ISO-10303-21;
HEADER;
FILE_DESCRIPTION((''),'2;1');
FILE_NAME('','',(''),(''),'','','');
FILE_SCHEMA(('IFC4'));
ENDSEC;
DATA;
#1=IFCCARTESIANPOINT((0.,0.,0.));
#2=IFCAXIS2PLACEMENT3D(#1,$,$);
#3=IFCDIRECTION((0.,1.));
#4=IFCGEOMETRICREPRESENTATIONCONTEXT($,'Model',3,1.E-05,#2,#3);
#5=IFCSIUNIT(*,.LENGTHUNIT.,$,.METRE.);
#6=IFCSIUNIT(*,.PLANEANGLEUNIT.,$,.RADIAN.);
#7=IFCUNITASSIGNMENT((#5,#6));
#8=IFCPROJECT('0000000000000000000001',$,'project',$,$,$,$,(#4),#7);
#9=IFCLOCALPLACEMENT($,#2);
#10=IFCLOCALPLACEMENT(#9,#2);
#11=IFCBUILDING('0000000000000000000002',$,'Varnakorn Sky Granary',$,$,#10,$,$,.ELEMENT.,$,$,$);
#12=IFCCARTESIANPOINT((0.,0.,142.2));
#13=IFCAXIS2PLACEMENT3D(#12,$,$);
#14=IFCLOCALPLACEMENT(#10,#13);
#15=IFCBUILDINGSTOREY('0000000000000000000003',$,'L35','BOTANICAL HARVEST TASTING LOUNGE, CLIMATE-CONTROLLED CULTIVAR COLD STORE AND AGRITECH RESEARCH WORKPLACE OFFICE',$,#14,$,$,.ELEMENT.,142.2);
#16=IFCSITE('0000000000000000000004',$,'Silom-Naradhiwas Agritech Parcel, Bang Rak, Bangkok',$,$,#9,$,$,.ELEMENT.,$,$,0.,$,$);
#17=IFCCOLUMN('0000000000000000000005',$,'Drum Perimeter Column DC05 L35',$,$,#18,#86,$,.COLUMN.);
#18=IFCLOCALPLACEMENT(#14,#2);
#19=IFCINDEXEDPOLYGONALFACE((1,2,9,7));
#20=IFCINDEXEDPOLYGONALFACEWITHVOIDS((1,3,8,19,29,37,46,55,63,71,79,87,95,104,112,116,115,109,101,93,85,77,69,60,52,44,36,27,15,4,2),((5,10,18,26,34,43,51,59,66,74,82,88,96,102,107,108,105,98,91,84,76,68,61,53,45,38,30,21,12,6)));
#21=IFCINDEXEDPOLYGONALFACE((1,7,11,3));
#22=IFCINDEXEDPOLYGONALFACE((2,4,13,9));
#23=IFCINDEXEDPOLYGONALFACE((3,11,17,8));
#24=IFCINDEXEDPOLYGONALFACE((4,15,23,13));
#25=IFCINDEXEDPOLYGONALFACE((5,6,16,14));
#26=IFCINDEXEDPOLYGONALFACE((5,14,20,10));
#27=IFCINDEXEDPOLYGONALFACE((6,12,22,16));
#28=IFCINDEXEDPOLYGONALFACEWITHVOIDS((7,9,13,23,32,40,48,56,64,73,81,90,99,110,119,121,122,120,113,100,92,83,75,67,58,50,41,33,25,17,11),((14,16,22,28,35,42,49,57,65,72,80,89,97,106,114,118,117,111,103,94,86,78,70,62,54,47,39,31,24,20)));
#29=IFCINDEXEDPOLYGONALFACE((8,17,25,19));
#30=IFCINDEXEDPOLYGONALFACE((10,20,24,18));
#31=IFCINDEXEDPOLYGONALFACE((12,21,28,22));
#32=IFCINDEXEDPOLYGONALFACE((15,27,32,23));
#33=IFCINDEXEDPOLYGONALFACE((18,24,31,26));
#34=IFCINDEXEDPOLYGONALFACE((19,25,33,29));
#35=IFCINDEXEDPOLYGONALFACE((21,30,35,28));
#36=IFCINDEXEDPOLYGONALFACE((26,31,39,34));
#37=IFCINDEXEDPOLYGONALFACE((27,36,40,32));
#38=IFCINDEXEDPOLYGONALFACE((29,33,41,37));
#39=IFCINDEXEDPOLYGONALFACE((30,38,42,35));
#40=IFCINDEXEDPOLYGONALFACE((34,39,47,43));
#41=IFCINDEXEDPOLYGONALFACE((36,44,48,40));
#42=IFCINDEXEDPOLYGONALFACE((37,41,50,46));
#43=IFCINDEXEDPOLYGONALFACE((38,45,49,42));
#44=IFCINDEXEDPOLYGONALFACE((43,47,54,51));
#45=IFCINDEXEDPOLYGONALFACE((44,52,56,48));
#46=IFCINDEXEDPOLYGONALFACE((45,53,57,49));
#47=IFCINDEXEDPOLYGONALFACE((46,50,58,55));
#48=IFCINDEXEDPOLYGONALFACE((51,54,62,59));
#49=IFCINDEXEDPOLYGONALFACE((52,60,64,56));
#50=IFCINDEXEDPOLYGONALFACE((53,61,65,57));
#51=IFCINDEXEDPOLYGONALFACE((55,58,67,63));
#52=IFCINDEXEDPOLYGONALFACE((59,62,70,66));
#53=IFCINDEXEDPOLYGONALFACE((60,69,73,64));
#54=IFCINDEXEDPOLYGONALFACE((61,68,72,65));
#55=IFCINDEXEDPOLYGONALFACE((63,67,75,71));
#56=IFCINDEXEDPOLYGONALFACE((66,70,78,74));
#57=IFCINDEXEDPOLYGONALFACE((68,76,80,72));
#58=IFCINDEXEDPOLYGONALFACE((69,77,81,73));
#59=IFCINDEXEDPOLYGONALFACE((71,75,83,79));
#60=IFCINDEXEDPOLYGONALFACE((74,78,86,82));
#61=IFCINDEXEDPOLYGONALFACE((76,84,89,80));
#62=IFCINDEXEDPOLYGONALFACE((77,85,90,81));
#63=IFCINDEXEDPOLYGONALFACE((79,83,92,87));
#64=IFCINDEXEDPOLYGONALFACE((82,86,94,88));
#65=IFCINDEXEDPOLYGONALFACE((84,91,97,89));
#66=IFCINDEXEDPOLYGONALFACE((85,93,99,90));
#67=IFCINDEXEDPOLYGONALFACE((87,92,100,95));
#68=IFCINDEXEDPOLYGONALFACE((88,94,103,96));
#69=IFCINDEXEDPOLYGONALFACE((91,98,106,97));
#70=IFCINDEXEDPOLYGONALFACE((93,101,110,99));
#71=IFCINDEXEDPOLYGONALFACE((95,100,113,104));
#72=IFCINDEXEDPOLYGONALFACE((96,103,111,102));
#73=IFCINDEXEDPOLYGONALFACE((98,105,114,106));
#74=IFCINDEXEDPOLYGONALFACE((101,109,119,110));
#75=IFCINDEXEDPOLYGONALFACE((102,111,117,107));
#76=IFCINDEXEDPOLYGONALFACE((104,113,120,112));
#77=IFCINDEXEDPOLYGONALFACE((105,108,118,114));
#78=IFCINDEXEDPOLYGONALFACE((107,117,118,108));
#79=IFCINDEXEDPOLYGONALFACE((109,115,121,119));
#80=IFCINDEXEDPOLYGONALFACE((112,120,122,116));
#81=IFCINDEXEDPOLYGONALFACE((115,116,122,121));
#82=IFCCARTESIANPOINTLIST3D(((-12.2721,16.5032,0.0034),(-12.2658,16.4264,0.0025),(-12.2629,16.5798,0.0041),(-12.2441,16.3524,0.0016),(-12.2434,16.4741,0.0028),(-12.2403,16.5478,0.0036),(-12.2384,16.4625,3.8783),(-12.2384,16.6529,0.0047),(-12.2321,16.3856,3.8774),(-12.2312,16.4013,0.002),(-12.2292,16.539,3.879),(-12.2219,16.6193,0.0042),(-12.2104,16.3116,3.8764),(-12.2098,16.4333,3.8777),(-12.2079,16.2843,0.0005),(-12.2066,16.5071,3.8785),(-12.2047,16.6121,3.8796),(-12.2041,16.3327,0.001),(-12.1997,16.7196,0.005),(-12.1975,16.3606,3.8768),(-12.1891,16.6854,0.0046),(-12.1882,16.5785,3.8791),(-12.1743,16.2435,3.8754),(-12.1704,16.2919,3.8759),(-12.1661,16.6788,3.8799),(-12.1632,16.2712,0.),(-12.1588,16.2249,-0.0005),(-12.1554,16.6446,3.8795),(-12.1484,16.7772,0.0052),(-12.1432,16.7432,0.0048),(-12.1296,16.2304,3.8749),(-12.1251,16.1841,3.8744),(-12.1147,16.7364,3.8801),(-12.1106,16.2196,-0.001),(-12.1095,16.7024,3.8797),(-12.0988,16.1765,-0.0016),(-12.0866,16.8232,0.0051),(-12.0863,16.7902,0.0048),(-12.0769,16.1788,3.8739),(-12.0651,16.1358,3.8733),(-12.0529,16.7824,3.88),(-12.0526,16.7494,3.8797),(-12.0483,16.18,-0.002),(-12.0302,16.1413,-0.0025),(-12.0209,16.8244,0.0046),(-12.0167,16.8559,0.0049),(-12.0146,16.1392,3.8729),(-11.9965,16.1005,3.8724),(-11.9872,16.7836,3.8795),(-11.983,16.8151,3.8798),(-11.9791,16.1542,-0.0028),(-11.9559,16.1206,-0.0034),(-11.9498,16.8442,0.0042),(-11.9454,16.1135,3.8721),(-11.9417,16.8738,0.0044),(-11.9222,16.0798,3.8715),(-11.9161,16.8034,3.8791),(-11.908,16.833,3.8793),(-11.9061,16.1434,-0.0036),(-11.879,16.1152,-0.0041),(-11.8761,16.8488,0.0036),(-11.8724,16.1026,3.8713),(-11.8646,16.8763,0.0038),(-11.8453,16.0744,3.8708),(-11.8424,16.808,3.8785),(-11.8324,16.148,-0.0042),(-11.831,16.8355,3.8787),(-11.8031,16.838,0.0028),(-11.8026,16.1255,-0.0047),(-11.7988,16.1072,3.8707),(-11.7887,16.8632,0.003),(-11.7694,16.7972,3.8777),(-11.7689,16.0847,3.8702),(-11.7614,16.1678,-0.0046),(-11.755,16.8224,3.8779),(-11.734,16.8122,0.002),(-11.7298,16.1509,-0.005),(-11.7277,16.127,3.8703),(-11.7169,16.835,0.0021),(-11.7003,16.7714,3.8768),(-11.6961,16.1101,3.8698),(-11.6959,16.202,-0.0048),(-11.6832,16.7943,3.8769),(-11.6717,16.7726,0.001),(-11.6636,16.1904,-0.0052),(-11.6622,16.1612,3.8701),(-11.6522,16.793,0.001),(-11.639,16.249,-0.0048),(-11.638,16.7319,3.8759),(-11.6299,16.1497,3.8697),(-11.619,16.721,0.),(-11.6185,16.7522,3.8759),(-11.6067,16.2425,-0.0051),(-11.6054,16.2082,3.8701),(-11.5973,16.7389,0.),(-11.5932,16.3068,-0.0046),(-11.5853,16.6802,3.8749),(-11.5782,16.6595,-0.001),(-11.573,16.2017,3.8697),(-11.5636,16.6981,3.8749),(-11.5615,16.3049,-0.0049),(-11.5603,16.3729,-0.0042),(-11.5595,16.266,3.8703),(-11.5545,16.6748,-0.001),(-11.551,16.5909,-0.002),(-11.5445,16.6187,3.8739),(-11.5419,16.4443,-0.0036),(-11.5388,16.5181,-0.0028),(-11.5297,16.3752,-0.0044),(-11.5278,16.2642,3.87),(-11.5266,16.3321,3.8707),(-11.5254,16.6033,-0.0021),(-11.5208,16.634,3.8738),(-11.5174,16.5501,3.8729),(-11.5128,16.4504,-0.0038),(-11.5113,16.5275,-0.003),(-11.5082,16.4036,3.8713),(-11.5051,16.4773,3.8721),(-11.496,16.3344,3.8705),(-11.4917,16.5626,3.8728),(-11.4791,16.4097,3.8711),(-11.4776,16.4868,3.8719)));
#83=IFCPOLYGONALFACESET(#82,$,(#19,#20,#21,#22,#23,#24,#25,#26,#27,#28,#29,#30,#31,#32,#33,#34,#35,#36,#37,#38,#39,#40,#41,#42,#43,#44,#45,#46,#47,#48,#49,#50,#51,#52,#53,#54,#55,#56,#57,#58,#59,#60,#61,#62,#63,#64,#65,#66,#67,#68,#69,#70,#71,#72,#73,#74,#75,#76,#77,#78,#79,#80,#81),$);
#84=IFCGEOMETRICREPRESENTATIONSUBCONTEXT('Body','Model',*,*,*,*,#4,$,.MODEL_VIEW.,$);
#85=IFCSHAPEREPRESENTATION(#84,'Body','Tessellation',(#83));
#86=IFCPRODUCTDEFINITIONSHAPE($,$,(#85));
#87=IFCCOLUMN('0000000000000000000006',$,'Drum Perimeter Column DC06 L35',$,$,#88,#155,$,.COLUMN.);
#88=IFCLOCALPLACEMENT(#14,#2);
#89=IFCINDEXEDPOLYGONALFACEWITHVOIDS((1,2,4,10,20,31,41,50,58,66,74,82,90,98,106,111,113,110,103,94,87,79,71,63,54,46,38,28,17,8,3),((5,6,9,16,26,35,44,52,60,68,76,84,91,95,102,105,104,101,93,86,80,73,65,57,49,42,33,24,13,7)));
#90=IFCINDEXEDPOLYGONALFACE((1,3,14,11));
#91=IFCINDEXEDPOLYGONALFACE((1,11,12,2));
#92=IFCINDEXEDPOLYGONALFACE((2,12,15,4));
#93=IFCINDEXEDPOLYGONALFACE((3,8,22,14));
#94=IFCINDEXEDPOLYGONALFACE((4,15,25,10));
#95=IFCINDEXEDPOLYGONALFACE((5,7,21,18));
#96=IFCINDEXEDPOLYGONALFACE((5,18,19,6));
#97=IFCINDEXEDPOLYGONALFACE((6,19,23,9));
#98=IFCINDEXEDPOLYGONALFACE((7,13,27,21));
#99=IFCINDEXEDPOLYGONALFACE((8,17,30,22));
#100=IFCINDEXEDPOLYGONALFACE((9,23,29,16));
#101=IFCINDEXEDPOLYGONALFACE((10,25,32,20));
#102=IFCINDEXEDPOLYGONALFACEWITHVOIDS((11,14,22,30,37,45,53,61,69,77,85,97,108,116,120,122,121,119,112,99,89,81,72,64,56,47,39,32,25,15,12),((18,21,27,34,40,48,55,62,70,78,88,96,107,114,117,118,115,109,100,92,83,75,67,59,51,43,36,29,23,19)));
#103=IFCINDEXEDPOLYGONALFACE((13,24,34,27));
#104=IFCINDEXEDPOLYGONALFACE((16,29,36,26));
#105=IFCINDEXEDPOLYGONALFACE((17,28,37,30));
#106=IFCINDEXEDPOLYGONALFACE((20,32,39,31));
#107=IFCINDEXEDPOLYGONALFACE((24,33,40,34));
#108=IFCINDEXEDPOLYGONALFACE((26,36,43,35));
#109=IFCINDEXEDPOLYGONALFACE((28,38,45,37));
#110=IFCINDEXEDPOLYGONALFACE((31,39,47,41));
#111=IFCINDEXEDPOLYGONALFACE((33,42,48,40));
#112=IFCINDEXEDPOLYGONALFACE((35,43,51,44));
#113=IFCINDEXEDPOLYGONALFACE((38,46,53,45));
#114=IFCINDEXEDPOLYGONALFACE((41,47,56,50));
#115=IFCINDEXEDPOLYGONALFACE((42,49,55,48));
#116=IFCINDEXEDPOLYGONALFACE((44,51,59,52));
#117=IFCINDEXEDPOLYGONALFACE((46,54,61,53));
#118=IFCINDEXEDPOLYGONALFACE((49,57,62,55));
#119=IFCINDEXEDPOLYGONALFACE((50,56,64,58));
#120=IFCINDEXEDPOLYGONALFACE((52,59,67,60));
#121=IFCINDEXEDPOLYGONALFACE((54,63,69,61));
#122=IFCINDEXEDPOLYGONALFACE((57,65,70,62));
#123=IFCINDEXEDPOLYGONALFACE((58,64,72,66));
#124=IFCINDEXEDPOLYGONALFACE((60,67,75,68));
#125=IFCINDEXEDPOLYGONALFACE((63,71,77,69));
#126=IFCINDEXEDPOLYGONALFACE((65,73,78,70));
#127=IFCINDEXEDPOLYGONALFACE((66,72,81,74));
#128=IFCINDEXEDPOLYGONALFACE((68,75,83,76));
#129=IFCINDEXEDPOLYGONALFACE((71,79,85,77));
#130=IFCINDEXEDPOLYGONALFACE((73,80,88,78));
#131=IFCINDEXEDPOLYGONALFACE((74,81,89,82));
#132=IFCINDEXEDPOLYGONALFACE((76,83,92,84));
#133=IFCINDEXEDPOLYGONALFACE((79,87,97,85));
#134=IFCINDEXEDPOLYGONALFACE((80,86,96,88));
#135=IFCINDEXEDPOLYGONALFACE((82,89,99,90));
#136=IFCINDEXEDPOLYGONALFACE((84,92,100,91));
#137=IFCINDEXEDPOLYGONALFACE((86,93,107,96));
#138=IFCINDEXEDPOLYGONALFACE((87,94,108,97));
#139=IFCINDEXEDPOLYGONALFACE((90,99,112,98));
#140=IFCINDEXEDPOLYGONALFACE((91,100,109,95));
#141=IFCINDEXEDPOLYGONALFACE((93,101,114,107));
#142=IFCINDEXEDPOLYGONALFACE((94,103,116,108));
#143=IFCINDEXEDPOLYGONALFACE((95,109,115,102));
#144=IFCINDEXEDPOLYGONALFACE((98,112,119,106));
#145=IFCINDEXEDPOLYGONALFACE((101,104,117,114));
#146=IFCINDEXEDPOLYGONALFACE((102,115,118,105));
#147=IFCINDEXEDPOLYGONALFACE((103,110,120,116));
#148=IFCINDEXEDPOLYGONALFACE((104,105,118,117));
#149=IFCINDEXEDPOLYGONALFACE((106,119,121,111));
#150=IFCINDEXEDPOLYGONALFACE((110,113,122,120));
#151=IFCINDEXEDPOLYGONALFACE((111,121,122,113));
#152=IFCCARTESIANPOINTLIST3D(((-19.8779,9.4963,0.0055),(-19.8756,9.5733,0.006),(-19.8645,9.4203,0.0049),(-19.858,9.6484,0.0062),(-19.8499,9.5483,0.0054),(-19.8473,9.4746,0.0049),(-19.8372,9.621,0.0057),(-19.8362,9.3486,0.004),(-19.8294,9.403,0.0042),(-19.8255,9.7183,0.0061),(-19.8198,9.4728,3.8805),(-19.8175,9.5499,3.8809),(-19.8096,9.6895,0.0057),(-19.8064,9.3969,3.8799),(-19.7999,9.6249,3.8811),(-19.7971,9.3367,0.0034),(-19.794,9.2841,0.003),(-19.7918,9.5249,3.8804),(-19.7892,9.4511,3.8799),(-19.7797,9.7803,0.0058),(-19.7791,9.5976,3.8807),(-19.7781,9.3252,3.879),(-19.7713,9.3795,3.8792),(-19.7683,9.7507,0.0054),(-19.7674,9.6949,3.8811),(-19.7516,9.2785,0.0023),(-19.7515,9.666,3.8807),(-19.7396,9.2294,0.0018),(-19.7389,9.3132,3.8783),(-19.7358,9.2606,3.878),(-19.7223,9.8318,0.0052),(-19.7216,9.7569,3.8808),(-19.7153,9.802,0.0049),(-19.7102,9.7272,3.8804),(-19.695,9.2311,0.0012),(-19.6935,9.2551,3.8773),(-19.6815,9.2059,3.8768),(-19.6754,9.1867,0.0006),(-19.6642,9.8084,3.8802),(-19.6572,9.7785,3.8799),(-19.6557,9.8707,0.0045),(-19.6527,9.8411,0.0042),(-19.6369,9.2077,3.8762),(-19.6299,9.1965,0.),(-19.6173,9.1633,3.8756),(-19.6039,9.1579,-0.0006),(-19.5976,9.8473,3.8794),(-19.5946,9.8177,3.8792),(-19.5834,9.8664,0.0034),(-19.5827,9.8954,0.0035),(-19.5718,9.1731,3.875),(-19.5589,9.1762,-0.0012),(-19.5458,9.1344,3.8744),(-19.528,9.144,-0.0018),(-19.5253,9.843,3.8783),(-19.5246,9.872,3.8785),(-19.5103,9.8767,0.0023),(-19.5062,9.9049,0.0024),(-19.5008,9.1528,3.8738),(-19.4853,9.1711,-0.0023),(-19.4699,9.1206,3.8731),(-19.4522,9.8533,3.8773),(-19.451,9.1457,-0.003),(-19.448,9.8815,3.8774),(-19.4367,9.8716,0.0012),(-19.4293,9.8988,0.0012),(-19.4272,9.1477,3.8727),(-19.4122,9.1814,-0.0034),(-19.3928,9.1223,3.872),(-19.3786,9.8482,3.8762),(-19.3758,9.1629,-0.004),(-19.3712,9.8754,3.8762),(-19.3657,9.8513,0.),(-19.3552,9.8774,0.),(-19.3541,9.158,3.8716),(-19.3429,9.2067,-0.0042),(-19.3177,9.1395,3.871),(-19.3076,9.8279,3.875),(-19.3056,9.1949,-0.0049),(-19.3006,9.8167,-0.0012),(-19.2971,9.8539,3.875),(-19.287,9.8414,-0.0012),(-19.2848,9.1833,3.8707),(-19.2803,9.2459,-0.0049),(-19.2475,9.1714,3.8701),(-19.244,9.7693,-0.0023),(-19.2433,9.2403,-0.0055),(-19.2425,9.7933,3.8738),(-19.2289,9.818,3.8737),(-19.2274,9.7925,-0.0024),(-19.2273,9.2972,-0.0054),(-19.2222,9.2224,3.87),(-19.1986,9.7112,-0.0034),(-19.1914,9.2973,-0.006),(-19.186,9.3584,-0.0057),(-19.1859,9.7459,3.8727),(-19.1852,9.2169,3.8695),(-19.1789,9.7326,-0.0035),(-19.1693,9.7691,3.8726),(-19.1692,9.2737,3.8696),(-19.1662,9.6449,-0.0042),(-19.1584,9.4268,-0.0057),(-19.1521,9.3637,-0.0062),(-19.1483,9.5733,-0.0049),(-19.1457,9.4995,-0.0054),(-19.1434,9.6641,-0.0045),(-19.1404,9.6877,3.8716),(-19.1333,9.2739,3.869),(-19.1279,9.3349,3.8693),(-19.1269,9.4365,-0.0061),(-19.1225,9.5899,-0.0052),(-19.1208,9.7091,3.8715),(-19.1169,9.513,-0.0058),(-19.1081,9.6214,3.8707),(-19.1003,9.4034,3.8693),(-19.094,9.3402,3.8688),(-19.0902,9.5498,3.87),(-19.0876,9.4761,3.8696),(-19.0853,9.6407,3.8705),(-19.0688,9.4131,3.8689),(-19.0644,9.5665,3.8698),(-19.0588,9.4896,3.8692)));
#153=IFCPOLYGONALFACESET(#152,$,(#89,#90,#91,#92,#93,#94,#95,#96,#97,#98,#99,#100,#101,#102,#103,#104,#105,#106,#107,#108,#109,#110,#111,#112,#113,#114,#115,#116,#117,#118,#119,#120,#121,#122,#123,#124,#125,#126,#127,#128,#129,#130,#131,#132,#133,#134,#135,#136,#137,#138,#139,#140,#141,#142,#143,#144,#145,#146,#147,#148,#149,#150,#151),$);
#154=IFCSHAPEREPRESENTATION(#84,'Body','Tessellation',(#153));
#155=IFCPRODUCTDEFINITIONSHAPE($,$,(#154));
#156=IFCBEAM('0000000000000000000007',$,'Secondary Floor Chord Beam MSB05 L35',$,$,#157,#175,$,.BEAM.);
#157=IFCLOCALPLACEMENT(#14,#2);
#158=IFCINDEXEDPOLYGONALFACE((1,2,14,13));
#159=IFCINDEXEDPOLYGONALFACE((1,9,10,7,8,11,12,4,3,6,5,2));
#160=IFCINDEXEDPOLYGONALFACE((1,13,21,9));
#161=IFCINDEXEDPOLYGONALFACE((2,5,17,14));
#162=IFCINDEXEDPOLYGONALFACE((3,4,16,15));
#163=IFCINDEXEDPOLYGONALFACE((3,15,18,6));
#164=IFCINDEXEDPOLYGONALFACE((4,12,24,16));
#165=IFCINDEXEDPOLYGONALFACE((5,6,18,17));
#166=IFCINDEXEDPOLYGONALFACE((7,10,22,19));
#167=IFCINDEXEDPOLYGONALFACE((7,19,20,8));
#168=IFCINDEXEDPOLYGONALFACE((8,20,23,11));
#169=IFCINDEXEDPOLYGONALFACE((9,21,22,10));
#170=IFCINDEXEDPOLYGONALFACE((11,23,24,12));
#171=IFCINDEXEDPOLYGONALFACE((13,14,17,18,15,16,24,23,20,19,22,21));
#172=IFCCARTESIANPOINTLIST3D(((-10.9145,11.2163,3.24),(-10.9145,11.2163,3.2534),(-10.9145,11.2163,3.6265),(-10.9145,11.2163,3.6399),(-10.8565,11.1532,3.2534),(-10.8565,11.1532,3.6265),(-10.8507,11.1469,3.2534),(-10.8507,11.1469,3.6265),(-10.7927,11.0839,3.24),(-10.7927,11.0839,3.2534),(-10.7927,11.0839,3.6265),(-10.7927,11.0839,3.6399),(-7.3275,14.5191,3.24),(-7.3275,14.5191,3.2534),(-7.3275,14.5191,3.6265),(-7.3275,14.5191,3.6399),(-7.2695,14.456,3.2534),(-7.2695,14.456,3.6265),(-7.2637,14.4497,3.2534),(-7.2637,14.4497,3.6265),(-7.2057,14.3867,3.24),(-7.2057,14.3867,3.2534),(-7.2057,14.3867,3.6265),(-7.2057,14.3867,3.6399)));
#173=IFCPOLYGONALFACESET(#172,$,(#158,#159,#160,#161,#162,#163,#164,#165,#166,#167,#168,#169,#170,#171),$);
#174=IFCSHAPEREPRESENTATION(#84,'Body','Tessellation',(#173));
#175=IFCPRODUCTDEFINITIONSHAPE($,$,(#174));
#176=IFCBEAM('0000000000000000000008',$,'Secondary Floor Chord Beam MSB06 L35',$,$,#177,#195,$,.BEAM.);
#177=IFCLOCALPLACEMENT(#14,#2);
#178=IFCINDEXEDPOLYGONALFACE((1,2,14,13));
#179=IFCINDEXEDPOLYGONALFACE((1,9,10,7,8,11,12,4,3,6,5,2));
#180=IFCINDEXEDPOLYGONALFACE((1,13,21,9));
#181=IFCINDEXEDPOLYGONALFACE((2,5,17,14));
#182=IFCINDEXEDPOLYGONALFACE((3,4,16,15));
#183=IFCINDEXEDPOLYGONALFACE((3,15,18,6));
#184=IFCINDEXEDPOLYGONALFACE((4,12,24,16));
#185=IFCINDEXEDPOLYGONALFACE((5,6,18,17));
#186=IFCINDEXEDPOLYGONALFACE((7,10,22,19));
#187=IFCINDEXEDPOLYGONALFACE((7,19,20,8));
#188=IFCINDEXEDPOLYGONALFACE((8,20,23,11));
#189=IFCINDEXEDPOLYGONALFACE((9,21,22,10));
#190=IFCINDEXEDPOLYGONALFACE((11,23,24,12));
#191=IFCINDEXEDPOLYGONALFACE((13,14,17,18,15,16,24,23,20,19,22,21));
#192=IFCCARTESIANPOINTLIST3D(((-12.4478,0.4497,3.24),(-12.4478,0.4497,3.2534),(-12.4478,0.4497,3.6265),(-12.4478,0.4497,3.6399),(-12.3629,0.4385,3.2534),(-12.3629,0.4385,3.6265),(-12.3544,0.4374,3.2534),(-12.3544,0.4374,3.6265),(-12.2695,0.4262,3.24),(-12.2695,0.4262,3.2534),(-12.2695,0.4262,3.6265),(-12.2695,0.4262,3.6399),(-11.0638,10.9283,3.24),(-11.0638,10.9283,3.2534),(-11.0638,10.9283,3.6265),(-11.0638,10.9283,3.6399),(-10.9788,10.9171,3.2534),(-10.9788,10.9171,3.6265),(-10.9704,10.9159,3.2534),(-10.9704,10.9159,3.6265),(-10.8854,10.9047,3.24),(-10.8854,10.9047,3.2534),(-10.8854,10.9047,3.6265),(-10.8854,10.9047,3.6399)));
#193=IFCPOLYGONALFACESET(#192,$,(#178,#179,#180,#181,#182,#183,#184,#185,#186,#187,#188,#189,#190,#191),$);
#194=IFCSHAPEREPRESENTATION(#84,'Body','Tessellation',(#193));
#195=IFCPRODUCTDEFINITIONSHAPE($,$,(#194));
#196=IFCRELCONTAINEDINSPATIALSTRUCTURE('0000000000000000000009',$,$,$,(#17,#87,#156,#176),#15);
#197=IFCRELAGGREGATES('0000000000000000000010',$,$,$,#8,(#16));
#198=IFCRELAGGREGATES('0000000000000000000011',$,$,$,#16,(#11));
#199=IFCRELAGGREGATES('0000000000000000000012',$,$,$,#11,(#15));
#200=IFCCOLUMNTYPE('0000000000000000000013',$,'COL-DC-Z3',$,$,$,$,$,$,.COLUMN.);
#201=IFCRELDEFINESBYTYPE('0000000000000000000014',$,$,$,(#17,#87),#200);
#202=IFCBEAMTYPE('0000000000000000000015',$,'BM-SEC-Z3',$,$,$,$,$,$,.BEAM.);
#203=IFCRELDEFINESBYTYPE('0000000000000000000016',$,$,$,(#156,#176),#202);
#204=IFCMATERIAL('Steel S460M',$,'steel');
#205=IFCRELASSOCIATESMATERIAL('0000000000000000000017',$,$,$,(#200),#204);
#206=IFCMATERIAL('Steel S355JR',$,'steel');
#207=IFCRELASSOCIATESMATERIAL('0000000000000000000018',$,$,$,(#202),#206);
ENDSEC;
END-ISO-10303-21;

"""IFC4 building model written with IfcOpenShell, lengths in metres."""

from ifc_helpers import new_model, si_unit, direction, frame, origin, origin_2d, place, context, subcontext, project, spatial, hollow_circle, i_section, extrude, material, material_profile, profile_set, type_object, element, save


model = new_model("IFC4")

# Units and contexts
model_context = context("Model", 3, precision=1e-05, world=origin(), true_north=direction((0.0, 1.0)))
body_context = subcontext(model_context, "Body", "Model", "MODEL_VIEW")
ifc_project = project(units=[si_unit("LENGTHUNIT", "METRE"), si_unit("PLANEANGLEUNIT", "RADIAN")], contexts=[model_context])

# Site, building, storey
site_placement = place(None, origin())
site = spatial("IfcSite", under=ifc_project, at=site_placement, Name="Silom-Naradhiwas Agritech Parcel, Bang Rak, Bangkok", CompositionType="ELEMENT", RefElevation=0.0)
building_placement = place(site_placement, origin())
building = spatial("IfcBuilding", under=site, at=building_placement, Name="Varnakorn Sky Granary", CompositionType="ELEMENT")
storey_placement = place(building_placement, frame((0.0, 0.0, 142.2)))
storey = spatial("IfcBuildingStorey", under=building, at=storey_placement, Name="L35", Description="BOTANICAL HARVEST TASTING LOUNGE, CLIMATE-CONTROLLED CULTIVAR COLD STORE AND AGRITECH RESEARCH WORKPLACE OFFICE", CompositionType="ELEMENT", Elevation=142.2)

# Columns
ifc_material_1 = material(Name="Steel S460M", Category="steel")
ifc_material_profile_1 = material_profile(ifc_material_1, hollow_circle(Radius=0.3811, WallThickness=0.0281, at=origin_2d()), Name="CHS 762x28")
ifc_profile_set_1 = profile_set([ifc_material_profile_1], Name="Steel S460M")
column_type = type_object("IfcColumnType", Name="COL-DC-Z3", PredefinedType="COLUMN", material=ifc_profile_set_1)
column_1_placement = place(storey_placement, frame((-11.8911, 16.4961, 0.0), z_axis=(0.008694, -0.010521, 0.999907), x_axis=(0.770863, 0.637001, 0.0)))
element("IfcColumn", 1, at=column_1_placement, inside=storey, type_object=column_type, Name="Drum Perimeter Column DC05 L35", PredefinedType="COLUMN", context=body_context, shape_type="SweptSolid", body=[
    extrude(hollow_circle(Radius=0.3811, WallThickness=0.0281, at=origin_2d()), origin(), (0.0, 0.0, 1.0), 3.8752),
])
column_2_placement = place(storey_placement, frame((-19.4978, 9.5239, 0.0), z_axis=(0.014993, -0.006048, 0.999869), x_axis=(0.374076, 0.927398, 0.0)))
element("IfcColumn", 2, at=column_2_placement, inside=storey, type_object=column_type, Name="Drum Perimeter Column DC06 L35", PredefinedType="COLUMN", context=body_context, shape_type="SweptSolid", body=[
    extrude(hollow_circle(Radius=0.3811, WallThickness=0.0281, at=origin_2d()), origin(), (0.0, 0.0, 1.0), 3.8755),
])

# Beams
ifc_material_2 = material(Name="Steel S355JR", Category="steel")
ifc_material_profile_2 = material_profile(ifc_material_2, i_section(OverallWidth=0.1799, OverallDepth=0.3999, WebThickness=0.0085, FlangeThickness=0.0134, at=origin_2d()), Name="IPE 400")
ifc_profile_set_2 = profile_set([ifc_material_profile_2], Name="Steel S355JR")
beam_type_1 = type_object("IfcBeamType", Name="BM-SEC-Z3", PredefinedType="BEAM", material=ifc_profile_set_2)
beam_1_placement = place(storey_placement, frame((-7.2666, 14.4529, 3.4399), z_axis=(-0.735648, -0.677365, 0.0), x_axis=(0.677365, -0.735648, 0.0)))
element("IfcBeam", 3, at=beam_1_placement, inside=storey, type_object=beam_type_1, Name="Secondary Floor Chord Beam MSB05 L35", PredefinedType="BEAM", context=body_context, shape_type="SweptSolid", body=[
    extrude(i_section(OverallWidth=0.1799, OverallDepth=0.3999, WebThickness=0.0085, FlangeThickness=0.0134, at=origin_2d()), origin(), (0.0, 0.0, 1.0), 4.876),
])
beam_2_placement = place(storey_placement, frame((-10.9746, 10.9165, 3.4399), z_axis=(-0.130946, -0.99139, 0.0), x_axis=(0.99139, -0.130946, 0.0)))
element("IfcBeam", 4, at=beam_2_placement, inside=storey, type_object=beam_type_1, Name="Secondary Floor Chord Beam MSB06 L35", PredefinedType="BEAM", context=body_context, shape_type="SweptSolid", body=[
    extrude(i_section(OverallWidth=0.1799, OverallDepth=0.3999, WebThickness=0.0085, FlangeThickness=0.0134, at=origin_2d()), origin(), (0.0, 0.0, 1.0), 10.5696),
])

save(model, "model.ifc")
